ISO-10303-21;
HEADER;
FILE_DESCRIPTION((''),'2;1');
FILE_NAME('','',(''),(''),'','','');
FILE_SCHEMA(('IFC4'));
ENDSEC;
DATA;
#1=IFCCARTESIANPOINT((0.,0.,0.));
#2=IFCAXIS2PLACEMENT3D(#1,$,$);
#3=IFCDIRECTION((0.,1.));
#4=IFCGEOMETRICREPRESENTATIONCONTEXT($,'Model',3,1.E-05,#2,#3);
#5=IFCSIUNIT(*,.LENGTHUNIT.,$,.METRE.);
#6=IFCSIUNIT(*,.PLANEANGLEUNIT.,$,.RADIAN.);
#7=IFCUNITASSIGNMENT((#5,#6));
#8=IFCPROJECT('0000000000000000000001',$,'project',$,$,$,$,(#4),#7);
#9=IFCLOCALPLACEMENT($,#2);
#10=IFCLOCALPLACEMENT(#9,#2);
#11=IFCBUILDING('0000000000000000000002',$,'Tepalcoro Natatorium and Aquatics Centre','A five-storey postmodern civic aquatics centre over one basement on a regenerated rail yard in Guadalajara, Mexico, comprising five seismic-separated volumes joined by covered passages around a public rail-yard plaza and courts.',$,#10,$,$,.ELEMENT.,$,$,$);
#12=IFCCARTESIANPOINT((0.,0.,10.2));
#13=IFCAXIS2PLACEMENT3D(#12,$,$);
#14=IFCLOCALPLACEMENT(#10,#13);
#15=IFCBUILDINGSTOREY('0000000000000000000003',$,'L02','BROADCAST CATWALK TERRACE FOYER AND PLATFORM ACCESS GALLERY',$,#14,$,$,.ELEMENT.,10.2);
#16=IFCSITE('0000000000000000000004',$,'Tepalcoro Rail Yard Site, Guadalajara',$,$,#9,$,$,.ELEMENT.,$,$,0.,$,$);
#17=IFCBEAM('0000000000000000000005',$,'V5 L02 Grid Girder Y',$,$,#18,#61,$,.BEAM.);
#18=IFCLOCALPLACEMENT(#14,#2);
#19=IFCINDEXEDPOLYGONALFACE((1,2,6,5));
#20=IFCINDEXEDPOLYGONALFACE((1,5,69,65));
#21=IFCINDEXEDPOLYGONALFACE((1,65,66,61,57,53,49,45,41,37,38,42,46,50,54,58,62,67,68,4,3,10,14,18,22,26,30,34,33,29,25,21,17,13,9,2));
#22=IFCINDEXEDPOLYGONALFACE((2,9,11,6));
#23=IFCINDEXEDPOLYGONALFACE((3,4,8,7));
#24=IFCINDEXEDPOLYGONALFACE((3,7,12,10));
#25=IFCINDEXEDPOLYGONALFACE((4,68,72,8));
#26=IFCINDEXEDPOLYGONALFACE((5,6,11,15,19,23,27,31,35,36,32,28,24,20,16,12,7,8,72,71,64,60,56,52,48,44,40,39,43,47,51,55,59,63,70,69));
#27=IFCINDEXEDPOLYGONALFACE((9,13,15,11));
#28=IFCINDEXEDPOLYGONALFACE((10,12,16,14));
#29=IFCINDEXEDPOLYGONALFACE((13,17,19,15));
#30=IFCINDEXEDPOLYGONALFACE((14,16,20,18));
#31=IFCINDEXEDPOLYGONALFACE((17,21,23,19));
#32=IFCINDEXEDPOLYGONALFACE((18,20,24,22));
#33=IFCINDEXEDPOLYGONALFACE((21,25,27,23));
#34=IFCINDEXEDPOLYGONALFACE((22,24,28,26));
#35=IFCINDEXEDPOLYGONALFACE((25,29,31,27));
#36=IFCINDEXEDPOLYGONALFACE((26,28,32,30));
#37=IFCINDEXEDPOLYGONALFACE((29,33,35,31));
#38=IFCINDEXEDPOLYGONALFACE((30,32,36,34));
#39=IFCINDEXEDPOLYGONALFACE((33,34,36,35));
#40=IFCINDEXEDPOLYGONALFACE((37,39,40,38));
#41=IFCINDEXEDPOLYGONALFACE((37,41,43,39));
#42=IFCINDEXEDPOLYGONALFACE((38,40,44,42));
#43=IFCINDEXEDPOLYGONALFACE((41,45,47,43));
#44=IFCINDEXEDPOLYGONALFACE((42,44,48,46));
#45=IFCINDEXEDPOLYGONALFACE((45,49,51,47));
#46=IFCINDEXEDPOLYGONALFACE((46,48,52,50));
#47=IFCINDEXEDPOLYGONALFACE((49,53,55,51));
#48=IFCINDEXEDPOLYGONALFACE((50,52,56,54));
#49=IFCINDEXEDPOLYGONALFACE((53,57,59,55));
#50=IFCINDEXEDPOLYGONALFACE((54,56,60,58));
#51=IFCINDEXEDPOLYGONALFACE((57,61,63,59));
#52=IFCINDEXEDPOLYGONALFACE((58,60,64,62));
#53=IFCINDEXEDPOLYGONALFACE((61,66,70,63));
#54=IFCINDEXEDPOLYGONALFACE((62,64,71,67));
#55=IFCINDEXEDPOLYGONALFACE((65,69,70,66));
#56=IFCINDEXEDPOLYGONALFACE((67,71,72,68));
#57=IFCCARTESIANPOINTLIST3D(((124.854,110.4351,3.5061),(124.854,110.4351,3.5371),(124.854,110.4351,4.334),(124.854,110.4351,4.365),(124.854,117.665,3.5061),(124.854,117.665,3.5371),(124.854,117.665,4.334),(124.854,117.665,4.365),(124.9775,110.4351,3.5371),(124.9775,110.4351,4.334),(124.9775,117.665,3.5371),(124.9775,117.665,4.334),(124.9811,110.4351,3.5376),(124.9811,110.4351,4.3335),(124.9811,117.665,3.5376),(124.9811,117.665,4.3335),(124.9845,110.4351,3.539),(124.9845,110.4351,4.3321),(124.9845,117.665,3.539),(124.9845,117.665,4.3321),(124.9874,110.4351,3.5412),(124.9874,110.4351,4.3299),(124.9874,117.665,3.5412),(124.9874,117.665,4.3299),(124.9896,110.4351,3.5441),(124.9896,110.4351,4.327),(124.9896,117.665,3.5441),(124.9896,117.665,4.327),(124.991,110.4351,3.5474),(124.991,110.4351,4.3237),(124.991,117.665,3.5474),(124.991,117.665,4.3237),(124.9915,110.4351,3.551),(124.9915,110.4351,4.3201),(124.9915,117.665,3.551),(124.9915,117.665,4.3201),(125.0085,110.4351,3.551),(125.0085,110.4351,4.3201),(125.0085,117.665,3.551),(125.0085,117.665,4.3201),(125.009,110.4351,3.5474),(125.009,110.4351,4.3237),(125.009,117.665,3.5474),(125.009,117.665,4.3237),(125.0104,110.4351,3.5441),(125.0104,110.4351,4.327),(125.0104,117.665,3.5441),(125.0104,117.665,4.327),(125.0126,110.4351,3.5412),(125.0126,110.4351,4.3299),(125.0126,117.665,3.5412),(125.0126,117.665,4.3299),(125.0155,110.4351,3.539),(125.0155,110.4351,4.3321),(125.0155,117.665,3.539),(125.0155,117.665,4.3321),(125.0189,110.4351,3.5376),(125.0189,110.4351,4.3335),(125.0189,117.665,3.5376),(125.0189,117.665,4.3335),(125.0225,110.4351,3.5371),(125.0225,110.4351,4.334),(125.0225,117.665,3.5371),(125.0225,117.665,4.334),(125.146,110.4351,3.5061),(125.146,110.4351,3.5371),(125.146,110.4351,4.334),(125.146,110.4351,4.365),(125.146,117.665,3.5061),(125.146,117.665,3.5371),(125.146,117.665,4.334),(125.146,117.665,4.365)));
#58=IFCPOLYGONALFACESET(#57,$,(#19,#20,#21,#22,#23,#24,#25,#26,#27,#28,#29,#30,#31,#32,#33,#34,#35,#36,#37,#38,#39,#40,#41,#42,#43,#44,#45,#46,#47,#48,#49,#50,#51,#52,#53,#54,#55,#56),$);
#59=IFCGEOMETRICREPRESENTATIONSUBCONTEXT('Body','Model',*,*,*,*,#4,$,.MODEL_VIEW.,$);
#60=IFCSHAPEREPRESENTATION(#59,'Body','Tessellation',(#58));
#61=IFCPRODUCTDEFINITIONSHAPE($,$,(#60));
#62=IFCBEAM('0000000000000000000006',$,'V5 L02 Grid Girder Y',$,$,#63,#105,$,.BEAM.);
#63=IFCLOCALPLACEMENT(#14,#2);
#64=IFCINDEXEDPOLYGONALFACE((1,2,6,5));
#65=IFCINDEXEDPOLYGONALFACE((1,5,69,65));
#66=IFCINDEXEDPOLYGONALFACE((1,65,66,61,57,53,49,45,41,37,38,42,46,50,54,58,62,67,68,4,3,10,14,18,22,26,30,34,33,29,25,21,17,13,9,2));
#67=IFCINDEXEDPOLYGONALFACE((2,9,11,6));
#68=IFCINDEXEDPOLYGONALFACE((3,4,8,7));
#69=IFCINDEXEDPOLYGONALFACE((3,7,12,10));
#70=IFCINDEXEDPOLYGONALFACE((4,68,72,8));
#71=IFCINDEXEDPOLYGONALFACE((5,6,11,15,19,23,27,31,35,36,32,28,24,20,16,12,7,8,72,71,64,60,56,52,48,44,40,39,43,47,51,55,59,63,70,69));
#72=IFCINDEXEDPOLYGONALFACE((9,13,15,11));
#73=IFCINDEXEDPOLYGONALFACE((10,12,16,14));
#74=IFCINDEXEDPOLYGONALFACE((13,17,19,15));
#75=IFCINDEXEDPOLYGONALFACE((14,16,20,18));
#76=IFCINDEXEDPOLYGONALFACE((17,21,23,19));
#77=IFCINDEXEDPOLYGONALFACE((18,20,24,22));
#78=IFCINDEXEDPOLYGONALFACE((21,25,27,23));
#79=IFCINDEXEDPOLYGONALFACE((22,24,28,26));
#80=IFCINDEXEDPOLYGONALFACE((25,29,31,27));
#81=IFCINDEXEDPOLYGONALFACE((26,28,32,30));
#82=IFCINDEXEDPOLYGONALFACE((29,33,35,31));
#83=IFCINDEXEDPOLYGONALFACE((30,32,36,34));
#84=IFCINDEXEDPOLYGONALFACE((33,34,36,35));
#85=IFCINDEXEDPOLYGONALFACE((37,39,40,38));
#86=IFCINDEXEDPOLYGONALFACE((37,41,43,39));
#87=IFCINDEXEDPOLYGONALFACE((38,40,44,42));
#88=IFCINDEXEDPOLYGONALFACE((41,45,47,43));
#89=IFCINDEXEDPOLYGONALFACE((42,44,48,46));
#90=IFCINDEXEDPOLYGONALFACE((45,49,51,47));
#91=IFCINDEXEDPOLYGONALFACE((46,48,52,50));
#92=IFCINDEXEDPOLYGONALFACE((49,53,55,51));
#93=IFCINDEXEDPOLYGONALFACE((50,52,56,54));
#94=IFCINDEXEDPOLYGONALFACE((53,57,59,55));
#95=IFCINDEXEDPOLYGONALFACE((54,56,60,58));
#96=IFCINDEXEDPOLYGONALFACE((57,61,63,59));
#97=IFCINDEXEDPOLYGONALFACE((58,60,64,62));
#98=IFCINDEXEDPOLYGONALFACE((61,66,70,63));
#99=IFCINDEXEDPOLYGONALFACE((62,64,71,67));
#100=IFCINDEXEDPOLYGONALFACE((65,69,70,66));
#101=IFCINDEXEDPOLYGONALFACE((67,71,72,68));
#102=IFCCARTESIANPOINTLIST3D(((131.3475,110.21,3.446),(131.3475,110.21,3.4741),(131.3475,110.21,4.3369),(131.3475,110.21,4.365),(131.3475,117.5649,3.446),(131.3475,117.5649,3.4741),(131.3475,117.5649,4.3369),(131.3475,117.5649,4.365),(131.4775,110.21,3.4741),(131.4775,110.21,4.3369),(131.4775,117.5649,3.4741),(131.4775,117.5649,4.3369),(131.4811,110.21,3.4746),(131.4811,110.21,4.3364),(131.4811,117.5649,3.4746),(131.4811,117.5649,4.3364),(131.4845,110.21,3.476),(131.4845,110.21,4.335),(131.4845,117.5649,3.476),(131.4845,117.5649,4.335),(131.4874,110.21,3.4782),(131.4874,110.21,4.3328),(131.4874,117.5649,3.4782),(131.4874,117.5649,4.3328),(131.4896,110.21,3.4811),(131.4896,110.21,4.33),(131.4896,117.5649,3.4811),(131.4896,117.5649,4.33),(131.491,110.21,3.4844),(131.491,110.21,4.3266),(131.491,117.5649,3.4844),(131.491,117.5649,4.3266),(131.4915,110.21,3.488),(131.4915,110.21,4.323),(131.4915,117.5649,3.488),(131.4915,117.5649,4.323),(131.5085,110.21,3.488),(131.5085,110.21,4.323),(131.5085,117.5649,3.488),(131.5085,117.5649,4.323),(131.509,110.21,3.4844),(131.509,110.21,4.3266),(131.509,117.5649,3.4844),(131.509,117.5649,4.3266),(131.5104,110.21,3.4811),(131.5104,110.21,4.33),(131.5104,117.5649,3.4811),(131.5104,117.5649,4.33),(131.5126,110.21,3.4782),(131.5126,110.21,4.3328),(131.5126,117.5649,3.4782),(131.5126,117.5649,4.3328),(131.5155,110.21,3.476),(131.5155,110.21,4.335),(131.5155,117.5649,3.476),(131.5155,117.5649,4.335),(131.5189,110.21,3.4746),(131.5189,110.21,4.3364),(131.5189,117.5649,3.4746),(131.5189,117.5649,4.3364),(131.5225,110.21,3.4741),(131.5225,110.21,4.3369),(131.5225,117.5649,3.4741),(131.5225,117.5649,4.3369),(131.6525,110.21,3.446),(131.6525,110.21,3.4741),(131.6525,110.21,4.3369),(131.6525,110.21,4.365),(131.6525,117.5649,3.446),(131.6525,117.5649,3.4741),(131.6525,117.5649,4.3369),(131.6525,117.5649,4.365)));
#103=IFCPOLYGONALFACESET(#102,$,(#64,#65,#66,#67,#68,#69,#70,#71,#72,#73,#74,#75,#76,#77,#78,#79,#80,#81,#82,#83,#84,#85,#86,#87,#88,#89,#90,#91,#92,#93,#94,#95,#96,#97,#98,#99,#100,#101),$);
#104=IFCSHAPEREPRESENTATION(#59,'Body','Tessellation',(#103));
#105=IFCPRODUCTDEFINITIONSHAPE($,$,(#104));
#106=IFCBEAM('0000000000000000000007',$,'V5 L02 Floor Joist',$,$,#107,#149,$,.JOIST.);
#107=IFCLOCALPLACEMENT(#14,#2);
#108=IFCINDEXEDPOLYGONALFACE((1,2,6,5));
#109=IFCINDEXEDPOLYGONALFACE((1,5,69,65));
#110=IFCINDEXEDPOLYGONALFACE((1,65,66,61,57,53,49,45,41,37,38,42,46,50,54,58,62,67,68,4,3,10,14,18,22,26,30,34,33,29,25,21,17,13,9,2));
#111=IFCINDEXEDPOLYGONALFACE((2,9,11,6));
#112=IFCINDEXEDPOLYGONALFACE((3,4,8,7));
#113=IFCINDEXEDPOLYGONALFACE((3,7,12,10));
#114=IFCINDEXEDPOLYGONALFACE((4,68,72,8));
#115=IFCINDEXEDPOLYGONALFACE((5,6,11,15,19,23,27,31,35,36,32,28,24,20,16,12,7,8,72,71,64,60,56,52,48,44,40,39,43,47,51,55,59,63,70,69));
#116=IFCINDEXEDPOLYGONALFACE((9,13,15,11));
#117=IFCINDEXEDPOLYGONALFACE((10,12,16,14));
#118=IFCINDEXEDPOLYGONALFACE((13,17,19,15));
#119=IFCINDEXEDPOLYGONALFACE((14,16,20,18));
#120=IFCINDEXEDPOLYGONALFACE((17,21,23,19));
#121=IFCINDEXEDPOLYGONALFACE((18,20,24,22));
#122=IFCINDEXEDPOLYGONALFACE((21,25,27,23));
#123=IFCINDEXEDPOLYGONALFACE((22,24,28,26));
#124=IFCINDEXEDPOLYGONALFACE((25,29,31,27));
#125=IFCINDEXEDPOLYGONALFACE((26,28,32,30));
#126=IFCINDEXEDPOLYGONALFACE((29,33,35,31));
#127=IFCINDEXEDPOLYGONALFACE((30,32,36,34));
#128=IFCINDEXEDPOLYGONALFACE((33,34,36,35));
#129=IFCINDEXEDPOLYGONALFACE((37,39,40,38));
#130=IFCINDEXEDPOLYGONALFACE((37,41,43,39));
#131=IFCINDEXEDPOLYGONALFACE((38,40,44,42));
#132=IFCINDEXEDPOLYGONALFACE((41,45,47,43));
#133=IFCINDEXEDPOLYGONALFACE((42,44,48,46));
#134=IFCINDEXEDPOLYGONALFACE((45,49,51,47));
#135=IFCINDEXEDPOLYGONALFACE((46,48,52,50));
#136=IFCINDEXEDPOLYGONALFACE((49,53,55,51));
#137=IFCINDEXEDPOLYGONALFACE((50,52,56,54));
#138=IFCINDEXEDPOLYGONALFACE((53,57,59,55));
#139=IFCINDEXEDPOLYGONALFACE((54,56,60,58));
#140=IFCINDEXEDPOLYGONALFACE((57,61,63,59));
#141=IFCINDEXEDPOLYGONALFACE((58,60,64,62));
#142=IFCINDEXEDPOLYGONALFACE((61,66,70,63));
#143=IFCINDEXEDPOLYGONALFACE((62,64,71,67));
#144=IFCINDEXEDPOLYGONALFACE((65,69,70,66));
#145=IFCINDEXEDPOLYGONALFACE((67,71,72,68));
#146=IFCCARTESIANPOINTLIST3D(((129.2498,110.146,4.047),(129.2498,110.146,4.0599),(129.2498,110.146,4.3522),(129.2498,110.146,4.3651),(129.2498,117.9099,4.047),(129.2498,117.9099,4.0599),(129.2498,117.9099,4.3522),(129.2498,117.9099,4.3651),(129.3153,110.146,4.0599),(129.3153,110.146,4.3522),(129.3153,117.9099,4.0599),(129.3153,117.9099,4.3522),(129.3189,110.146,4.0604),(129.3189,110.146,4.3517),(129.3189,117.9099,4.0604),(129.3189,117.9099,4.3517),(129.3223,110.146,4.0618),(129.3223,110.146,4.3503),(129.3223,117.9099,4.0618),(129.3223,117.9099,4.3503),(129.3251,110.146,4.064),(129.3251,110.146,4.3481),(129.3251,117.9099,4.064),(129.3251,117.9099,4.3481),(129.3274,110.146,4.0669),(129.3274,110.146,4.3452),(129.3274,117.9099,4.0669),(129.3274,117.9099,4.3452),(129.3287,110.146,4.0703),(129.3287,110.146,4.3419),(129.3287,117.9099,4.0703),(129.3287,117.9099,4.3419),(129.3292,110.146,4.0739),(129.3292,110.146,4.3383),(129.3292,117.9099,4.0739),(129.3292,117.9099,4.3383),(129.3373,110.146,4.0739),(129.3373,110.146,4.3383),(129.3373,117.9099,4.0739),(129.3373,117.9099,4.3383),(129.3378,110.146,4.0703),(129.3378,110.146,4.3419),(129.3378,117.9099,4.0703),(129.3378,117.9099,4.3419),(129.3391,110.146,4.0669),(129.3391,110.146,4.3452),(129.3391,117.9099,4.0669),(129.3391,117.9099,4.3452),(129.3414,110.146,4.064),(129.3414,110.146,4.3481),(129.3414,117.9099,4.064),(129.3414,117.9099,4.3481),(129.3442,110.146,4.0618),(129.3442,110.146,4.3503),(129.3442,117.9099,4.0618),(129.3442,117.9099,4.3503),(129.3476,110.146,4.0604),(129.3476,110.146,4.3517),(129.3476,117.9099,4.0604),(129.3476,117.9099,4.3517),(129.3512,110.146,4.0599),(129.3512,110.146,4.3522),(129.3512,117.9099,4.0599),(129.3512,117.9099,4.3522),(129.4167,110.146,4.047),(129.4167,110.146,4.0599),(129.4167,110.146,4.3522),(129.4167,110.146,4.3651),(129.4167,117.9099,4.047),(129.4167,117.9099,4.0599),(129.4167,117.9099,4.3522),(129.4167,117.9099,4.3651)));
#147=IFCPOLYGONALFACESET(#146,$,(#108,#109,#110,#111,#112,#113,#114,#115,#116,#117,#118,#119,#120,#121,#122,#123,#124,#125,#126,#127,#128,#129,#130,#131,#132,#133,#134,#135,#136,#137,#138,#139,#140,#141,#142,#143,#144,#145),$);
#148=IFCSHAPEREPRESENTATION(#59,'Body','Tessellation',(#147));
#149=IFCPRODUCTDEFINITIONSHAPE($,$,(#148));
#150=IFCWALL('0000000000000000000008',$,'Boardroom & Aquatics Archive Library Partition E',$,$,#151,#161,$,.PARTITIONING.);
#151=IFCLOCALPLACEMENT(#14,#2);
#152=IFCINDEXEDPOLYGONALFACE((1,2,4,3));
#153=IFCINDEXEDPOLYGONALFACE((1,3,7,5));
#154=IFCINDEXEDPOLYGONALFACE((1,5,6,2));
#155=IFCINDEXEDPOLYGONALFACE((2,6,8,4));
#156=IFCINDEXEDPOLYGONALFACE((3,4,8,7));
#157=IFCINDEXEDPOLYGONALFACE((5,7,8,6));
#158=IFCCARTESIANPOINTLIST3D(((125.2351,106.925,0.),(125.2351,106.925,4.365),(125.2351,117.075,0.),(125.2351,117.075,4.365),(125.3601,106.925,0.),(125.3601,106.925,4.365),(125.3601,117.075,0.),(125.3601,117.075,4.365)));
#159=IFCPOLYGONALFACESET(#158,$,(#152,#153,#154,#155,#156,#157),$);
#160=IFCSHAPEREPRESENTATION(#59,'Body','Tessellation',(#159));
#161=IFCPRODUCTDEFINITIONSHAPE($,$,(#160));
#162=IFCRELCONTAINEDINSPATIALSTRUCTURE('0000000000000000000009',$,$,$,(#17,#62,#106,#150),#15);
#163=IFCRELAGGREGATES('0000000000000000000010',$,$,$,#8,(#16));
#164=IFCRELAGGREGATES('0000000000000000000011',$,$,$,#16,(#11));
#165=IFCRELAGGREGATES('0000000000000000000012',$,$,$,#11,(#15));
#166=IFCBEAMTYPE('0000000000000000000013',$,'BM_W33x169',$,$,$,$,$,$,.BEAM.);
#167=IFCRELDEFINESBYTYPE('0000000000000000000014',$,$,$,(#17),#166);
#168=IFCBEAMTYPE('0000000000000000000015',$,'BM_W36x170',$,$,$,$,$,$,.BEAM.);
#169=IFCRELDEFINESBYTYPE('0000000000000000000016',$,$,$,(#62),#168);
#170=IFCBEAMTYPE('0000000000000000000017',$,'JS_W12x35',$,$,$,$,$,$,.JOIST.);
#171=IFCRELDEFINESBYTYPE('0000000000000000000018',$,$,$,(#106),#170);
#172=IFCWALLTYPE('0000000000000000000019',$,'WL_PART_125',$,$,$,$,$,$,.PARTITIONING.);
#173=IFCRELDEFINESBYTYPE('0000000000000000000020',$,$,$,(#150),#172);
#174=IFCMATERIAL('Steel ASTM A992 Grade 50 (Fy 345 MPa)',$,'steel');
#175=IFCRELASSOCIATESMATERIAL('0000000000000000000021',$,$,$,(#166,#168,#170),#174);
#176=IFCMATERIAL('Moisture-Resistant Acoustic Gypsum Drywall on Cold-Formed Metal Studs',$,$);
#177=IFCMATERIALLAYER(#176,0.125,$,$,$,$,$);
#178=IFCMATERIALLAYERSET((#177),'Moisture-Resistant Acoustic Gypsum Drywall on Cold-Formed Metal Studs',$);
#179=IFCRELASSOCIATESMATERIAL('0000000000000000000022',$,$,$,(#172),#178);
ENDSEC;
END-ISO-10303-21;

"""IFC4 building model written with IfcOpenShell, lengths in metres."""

from ifc_helpers import new_model, si_unit, direction, frame, frame_2d, origin, origin_2d, place, context, subcontext, project, spatial, rectangle, i_section, extrude, material, layer, layer_set, material_profile, profile_set, type_object, element, save


model = new_model("IFC4")

# Units and contexts
model_context = context("Model", 3, precision=1e-05, world=origin(), true_north=direction((0.0, 1.0)))
body_context = subcontext(model_context, "Body", "Model", "MODEL_VIEW")
ifc_project = project(units=[si_unit("LENGTHUNIT", "METRE"), si_unit("PLANEANGLEUNIT", "RADIAN")], contexts=[model_context])

# Site, building, storey
site_placement = place(None, origin())
site = spatial("IfcSite", under=ifc_project, at=site_placement, Name="Tepalcoro Rail Yard Site, Guadalajara", CompositionType="ELEMENT", RefElevation=0.0)
building_placement = place(site_placement, origin())
building = spatial("IfcBuilding", under=site, at=building_placement, Name="Tepalcoro Natatorium and Aquatics Centre", Description="A five-storey postmodern civic aquatics centre over one basement on a regenerated rail yard in Guadalajara, Mexico, comprising five seismic-separated volumes joined by covered passages around a public rail-yard plaza and courts.", CompositionType="ELEMENT")
storey_placement = place(building_placement, frame((0.0, 0.0, 10.2)))
storey = spatial("IfcBuildingStorey", under=building, at=storey_placement, Name="L02", Description="BROADCAST CATWALK TERRACE FOYER AND PLATFORM ACCESS GALLERY", CompositionType="ELEMENT", Elevation=10.2)

# Beams
ifc_material_1 = material(Name="Steel ASTM A992 Grade 50 (Fy 345 MPa)", Category="steel")
ifc_material_profile_1 = material_profile(ifc_material_1, i_section(OverallWidth=0.292, OverallDepth=0.8589, WebThickness=0.0171, FlangeThickness=0.031, FilletRadius=0.0139, at=origin_2d()), Name="W33X169")
ifc_profile_set_1 = profile_set([ifc_material_profile_1], Name="Steel ASTM A992 Grade 50 (Fy 345 MPa)")
beam_type_1 = type_object("IfcBeamType", Name="BM_W33x169", PredefinedType="BEAM", material=ifc_profile_set_1)
beam_1_placement = place(storey_placement, frame((125.0, 110.4351, 3.9355), z_axis=(0.0, 1.0, 0.0), x_axis=(-1.0, 0.0, 0.0)))
element("IfcBeam", 1, at=beam_1_placement, inside=storey, type_object=beam_type_1, Name="V5 L02 Grid Girder Y", PredefinedType="BEAM", context=body_context, shape_type="SweptSolid", body=[
    extrude(i_section(OverallWidth=0.292, OverallDepth=0.8589, WebThickness=0.0171, FlangeThickness=0.031, FilletRadius=0.0139, at=origin_2d()), origin(), (0.0, 0.0, 1.0), 7.23),
])
ifc_material_profile_2 = material_profile(ifc_material_1, i_section(OverallWidth=0.3049, OverallDepth=0.9189, WebThickness=0.0171, FlangeThickness=0.0281, FilletRadius=0.0139, at=origin_2d()), Name="W36X170")
ifc_profile_set_2 = profile_set([ifc_material_profile_2], Name="Steel ASTM A992 Grade 50 (Fy 345 MPa)")
beam_type_2 = type_object("IfcBeamType", Name="BM_W36x170", PredefinedType="BEAM", material=ifc_profile_set_2)
beam_2_placement = place(storey_placement, frame((131.5, 110.21, 3.9055), z_axis=(0.0, 1.0, 0.0), x_axis=(-1.0, 0.0, 0.0)))
element("IfcBeam", 2, at=beam_2_placement, inside=storey, type_object=beam_type_2, Name="V5 L02 Grid Girder Y", PredefinedType="BEAM", context=body_context, shape_type="SweptSolid", body=[
    extrude(i_section(OverallWidth=0.3049, OverallDepth=0.9189, WebThickness=0.0171, FlangeThickness=0.0281, FilletRadius=0.0139, at=origin_2d()), origin(), (0.0, 0.0, 1.0), 7.355),
])
ifc_material_profile_3 = material_profile(ifc_material_1, i_section(OverallWidth=0.167, OverallDepth=0.3181, WebThickness=0.0081, FlangeThickness=0.0129, FilletRadius=0.0139, at=origin_2d()), Name="W12X35")
ifc_profile_set_3 = profile_set([ifc_material_profile_3], Name="Steel ASTM A992 Grade 50 (Fy 345 MPa)")
beam_type_3 = type_object("IfcBeamType", Name="JS_W12x35", PredefinedType="JOIST", material=ifc_profile_set_3)
beam_3_placement = place(storey_placement, frame((129.3333, 110.146, 4.2061), z_axis=(0.0, 1.0, 0.0), x_axis=(-1.0, 0.0, 0.0)))
element("IfcBeam", 3, at=beam_3_placement, inside=storey, type_object=beam_type_3, Name="V5 L02 Floor Joist", PredefinedType="JOIST", context=body_context, shape_type="SweptSolid", body=[
    extrude(i_section(OverallWidth=0.167, OverallDepth=0.3181, WebThickness=0.0081, FlangeThickness=0.0129, FilletRadius=0.0139, at=origin_2d()), origin(), (0.0, 0.0, 1.0), 7.7639),
])

# Wall
ifc_material_2 = material(Name="Moisture-Resistant Acoustic Gypsum Drywall on Cold-Formed Metal Studs")
ifc_layer_1 = layer(ifc_material_2, 0.125)
ifc_layer_set_1 = layer_set([ifc_layer_1], Name="Moisture-Resistant Acoustic Gypsum Drywall on Cold-Formed Metal Studs")
wall_type_1 = type_object("IfcWallType", Name="WL_PART_125", PredefinedType="PARTITIONING", material=ifc_layer_set_1)
wall_1_placement = place(storey_placement, frame((125.2976, 106.925, 0.0), z_axis=(0.0, 0.0, 1.0), x_axis=(0.0, 1.0, 0.0)))
element("IfcWall", 4, at=wall_1_placement, inside=storey, type_object=wall_type_1, Name="Boardroom & Aquatics Archive Library Partition E", PredefinedType="PARTITIONING", context=body_context, shape_type="SweptSolid", body=[
    extrude(rectangle(XDim=10.1499, YDim=0.125, at=frame_2d((5.075, 0.0))), origin(), (0.0, 0.0, 1.0), 4.365),
])

save(model, "model.ifc")
